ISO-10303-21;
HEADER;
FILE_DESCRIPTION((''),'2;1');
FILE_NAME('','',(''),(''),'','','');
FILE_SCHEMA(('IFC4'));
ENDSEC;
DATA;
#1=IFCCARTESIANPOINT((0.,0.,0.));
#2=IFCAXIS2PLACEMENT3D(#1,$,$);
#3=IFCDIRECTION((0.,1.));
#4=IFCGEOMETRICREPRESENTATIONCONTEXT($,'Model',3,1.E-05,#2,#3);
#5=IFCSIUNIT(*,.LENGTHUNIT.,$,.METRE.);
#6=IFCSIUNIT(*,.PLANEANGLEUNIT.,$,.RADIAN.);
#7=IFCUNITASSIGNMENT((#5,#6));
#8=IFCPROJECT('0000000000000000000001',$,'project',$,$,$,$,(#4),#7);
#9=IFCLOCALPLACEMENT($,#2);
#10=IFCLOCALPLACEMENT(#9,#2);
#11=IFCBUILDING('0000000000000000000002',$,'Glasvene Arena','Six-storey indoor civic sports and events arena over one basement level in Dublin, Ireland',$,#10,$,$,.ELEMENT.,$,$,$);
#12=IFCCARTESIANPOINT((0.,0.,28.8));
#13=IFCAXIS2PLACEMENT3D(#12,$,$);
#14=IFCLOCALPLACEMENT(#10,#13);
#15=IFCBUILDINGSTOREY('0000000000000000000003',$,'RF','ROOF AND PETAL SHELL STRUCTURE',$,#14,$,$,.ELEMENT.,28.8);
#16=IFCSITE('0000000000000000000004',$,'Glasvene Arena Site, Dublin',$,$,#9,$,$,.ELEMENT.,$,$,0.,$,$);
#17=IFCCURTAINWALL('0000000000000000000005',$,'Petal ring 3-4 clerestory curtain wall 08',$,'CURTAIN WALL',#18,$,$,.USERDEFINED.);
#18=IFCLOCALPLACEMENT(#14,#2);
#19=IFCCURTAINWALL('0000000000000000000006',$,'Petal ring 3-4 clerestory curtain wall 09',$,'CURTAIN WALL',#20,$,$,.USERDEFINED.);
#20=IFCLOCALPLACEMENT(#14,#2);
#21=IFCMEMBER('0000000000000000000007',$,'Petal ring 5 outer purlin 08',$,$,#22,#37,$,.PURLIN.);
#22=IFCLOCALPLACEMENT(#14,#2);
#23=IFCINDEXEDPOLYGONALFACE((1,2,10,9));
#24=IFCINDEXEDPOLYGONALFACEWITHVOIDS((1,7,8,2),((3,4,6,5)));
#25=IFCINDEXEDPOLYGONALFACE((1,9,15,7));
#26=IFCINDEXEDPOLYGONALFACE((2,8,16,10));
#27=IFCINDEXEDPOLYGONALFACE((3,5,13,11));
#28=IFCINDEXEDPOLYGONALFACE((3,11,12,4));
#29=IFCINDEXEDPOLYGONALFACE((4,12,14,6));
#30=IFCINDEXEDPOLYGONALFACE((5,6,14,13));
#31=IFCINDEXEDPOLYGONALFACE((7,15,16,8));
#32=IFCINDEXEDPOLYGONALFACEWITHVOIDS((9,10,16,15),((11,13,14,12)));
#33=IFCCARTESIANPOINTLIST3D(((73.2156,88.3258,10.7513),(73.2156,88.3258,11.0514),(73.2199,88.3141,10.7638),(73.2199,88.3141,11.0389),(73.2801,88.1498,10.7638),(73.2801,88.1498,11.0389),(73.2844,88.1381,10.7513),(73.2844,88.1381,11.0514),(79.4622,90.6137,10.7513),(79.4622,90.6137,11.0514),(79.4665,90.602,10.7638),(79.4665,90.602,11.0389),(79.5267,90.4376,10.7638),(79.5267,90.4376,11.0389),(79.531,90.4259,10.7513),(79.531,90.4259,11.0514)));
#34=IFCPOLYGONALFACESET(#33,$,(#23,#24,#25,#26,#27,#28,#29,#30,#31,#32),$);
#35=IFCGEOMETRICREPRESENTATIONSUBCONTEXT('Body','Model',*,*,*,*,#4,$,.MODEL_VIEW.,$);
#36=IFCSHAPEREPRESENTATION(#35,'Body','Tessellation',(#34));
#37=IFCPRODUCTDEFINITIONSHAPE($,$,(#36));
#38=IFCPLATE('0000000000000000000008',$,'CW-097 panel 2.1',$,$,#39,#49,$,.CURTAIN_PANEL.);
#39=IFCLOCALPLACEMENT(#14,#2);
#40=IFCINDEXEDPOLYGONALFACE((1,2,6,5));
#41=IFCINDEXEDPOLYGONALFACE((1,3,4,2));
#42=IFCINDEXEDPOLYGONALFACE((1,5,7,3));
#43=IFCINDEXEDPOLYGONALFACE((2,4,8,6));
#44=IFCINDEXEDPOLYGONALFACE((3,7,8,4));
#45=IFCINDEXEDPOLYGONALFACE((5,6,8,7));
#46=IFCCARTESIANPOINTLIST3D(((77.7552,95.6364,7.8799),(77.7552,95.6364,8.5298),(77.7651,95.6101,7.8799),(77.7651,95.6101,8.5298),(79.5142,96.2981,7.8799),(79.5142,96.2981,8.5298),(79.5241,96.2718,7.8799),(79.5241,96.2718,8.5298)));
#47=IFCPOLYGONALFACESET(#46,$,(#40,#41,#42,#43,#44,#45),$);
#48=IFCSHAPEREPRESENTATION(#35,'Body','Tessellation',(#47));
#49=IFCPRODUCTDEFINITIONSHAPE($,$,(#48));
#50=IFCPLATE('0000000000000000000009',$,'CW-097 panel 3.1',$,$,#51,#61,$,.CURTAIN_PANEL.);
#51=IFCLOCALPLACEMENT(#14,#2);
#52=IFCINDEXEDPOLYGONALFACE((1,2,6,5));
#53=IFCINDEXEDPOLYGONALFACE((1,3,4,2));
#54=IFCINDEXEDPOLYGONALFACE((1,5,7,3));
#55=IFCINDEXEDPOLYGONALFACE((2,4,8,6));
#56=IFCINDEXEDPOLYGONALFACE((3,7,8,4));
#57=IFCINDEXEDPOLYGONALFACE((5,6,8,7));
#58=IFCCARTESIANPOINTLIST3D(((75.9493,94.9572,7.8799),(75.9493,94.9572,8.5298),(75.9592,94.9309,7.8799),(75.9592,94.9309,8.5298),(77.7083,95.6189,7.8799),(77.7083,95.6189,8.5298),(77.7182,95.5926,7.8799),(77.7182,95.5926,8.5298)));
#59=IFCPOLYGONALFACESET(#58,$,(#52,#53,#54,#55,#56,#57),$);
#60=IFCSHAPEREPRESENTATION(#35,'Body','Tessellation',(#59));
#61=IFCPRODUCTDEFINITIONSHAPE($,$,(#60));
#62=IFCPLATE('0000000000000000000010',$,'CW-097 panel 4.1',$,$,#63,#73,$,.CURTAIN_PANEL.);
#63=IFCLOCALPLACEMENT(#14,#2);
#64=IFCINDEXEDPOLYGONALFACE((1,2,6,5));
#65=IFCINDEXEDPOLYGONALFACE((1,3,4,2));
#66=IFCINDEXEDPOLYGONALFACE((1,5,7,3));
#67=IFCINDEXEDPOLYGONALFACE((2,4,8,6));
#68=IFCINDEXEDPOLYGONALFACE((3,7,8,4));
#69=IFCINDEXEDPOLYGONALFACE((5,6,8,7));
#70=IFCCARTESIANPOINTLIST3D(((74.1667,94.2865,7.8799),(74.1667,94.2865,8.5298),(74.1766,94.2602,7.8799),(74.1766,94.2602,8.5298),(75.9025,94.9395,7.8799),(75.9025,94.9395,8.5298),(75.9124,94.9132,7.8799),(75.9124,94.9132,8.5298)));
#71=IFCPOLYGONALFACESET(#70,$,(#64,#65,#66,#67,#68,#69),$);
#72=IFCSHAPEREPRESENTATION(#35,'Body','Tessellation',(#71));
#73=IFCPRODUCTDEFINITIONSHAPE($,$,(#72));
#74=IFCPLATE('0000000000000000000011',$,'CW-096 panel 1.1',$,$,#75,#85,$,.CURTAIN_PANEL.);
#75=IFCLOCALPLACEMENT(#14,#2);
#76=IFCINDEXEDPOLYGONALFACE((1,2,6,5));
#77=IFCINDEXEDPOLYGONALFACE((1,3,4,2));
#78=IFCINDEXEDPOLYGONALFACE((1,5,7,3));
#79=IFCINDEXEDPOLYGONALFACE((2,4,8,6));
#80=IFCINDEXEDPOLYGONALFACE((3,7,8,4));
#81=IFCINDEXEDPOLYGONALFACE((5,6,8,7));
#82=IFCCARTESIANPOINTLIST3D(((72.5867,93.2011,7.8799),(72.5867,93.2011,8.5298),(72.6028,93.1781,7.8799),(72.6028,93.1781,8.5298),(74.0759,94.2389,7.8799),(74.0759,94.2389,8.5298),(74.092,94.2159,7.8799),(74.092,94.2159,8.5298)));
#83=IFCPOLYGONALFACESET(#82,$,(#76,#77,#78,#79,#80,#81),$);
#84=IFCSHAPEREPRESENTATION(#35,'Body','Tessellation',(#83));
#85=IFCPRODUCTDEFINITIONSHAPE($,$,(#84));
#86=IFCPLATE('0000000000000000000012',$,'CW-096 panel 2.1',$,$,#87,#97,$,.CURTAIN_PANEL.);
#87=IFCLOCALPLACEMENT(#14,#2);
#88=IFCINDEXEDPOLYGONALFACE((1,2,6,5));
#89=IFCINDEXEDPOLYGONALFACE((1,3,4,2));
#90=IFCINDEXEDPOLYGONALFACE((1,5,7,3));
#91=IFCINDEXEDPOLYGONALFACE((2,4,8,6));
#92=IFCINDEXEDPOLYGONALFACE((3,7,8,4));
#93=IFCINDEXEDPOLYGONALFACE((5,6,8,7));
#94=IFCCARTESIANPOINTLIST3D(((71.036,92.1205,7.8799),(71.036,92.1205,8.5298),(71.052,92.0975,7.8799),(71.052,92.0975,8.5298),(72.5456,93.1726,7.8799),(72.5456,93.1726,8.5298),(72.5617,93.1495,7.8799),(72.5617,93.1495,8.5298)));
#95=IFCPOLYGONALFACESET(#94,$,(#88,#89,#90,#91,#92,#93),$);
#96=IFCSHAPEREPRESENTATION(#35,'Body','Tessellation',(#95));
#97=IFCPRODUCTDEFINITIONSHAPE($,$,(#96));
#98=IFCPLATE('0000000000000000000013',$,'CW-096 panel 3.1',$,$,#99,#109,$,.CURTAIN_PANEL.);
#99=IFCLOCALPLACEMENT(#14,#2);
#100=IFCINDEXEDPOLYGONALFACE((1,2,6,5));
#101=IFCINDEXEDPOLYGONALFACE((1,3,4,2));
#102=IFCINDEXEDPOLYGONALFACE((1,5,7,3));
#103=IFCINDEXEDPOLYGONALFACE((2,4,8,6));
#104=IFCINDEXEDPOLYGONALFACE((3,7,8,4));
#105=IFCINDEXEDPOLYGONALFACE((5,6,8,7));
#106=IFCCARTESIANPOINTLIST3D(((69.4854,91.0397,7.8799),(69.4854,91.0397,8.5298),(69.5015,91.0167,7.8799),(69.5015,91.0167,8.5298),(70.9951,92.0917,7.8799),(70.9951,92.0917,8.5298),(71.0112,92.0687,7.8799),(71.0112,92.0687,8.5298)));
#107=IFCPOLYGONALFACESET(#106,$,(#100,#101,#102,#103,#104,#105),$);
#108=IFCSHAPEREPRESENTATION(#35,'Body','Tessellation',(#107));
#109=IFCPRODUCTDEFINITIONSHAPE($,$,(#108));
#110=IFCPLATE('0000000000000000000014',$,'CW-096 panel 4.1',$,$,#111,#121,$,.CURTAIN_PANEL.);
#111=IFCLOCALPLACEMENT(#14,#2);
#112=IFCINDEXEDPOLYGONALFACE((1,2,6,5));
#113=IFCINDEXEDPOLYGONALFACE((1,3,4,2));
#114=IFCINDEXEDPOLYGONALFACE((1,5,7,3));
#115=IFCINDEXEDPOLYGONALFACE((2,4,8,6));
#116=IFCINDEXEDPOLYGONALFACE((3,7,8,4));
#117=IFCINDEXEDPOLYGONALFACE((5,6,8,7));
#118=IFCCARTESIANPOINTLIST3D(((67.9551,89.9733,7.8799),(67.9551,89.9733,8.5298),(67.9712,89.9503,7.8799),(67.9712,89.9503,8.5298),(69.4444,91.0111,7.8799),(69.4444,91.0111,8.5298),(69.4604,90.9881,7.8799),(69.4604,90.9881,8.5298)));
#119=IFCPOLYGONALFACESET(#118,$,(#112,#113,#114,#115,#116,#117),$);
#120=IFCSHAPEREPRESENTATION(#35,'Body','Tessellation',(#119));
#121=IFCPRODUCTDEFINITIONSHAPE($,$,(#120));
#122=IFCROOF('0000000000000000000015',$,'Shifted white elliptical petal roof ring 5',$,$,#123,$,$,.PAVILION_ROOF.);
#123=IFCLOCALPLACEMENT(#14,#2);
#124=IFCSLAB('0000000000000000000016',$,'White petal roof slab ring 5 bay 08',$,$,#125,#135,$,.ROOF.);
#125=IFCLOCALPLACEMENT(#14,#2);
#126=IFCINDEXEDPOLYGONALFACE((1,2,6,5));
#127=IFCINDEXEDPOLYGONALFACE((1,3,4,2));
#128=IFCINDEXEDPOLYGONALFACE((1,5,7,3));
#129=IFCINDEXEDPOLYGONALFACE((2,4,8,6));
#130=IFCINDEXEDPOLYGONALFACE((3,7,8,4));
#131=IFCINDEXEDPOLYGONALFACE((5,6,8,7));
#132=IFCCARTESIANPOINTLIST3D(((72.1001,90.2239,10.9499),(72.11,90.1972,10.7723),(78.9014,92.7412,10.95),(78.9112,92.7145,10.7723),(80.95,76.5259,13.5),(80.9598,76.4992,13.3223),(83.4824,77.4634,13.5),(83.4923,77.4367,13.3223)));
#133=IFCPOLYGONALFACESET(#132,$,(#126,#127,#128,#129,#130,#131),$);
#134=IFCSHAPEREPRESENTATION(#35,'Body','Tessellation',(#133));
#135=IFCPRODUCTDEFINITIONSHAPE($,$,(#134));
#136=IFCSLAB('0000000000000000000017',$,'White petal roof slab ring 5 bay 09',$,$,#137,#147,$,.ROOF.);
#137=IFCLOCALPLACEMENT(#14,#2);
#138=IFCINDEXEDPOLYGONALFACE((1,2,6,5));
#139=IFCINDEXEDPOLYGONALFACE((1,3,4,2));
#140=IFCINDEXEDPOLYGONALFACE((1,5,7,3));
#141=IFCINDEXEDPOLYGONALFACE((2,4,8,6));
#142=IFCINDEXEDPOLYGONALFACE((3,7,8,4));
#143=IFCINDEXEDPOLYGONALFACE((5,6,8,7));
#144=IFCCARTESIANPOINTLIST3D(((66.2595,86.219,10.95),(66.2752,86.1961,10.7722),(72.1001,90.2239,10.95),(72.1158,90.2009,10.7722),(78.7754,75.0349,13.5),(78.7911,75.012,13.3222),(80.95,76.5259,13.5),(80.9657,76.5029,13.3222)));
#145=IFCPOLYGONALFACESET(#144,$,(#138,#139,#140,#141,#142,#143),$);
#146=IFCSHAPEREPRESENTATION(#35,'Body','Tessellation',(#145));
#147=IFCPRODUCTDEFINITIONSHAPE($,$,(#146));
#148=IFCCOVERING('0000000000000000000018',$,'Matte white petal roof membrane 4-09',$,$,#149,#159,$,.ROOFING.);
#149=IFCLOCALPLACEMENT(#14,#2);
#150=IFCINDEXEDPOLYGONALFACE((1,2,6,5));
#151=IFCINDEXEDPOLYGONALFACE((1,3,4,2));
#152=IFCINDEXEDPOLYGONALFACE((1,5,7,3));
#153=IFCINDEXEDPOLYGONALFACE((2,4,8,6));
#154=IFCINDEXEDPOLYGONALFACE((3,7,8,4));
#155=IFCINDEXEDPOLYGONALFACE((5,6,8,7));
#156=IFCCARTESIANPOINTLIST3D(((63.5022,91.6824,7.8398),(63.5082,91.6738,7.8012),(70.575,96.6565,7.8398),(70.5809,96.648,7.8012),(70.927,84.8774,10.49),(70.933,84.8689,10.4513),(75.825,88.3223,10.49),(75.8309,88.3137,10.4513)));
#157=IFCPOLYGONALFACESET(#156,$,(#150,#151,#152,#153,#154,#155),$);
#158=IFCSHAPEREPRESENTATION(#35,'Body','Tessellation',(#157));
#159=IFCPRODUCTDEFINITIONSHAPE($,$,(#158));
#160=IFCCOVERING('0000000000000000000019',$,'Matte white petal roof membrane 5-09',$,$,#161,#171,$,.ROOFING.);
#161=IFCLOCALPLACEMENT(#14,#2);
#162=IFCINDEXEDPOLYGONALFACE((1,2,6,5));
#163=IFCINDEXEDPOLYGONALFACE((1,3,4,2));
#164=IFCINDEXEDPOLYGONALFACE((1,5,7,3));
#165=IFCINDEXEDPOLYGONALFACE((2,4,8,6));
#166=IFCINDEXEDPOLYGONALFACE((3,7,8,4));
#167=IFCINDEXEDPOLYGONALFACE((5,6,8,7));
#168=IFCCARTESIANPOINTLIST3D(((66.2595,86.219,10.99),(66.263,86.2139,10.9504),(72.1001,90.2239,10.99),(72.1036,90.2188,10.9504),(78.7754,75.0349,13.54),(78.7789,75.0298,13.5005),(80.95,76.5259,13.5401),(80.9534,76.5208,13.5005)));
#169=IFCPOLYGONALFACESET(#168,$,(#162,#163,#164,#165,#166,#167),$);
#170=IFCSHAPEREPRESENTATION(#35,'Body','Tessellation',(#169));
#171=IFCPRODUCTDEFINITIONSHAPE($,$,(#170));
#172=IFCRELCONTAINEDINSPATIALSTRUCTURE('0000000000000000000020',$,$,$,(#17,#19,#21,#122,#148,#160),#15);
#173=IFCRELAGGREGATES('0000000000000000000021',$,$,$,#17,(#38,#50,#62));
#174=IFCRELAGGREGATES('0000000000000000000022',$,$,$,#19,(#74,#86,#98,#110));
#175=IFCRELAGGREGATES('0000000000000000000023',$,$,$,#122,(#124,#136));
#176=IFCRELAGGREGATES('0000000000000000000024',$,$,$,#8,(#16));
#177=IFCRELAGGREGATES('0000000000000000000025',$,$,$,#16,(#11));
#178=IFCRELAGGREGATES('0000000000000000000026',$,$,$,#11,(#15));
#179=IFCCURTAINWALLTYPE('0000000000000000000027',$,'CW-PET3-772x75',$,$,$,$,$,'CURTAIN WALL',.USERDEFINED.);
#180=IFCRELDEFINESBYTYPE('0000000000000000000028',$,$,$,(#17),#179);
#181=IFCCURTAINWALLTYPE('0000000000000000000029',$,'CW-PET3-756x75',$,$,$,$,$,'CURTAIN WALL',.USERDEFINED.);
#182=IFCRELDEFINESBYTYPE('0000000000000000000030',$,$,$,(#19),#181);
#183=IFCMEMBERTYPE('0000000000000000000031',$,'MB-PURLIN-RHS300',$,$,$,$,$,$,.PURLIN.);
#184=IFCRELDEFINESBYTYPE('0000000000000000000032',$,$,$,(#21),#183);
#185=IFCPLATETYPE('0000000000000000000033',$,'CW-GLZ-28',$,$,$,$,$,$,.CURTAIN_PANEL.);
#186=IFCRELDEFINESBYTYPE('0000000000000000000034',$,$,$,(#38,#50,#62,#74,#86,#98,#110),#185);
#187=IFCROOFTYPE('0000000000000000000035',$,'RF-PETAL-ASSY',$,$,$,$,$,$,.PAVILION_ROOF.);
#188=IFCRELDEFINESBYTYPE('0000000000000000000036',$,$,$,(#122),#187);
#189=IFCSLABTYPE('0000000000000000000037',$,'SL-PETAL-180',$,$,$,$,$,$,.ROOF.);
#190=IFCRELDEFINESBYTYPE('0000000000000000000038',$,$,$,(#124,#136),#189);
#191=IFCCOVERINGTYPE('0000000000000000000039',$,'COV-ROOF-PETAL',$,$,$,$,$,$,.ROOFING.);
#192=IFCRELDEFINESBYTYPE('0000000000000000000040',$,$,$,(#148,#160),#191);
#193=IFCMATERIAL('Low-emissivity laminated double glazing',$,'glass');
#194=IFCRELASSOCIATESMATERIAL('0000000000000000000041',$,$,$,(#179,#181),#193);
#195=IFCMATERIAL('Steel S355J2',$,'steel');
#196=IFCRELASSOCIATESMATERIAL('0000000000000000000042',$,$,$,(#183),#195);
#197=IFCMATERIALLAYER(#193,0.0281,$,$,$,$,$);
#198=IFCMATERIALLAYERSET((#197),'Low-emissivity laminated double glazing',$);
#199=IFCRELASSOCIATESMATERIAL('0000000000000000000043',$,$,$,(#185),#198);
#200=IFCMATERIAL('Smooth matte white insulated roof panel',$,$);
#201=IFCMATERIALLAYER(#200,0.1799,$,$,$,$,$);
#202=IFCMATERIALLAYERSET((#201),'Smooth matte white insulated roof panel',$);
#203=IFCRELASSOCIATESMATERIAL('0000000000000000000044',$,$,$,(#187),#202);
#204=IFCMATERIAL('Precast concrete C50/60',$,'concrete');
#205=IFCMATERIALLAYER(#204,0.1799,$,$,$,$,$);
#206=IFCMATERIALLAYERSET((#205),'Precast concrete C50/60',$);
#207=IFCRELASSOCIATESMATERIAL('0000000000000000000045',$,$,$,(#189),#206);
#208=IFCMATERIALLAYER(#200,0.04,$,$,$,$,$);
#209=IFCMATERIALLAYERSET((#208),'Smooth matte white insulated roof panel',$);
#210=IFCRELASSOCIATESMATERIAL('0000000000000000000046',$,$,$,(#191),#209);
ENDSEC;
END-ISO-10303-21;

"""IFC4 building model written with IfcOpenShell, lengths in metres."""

from ifc_helpers import new_model, si_unit, direction, frame, origin, origin_2d, place, context, subcontext, project, spatial, polyline, rectangle, hollow_rectangle, outline, extrude, material, layer, layer_set, material_profile, profile_set, type_object, element, aggregate, save


model = new_model("IFC4")

# Units and contexts
model_context = context("Model", 3, precision=1e-05, world=origin(), true_north=direction((0.0, 1.0)))
body_context = subcontext(model_context, "Body", "Model", "MODEL_VIEW")
ifc_project = project(units=[si_unit("LENGTHUNIT", "METRE"), si_unit("PLANEANGLEUNIT", "RADIAN")], contexts=[model_context])

# Site, building, storey
site_placement = place(None, origin())
site = spatial("IfcSite", under=ifc_project, at=site_placement, Name="Glasvene Arena Site, Dublin", CompositionType="ELEMENT", RefElevation=0.0)
building_placement = place(site_placement, origin())
building = spatial("IfcBuilding", under=site, at=building_placement, Name="Glasvene Arena", Description="Six-storey indoor civic sports and events arena over one basement level in Dublin, Ireland", CompositionType="ELEMENT")
storey_placement = place(building_placement, frame((0.0, 0.0, 28.8)))
storey = spatial("IfcBuildingStorey", under=building, at=storey_placement, Name="RF", Description="ROOF AND PETAL SHELL STRUCTURE", CompositionType="ELEMENT", Elevation=28.8)

# Curtain walls
ifc_material_1 = material(Name="Low-emissivity laminated double glazing", Category="glass")
curtain_wall_type_1 = type_object("IfcCurtainWallType", Name="CW-PET3-772x75", ElementType="CURTAIN WALL", PredefinedType="USERDEFINED", material=ifc_material_1)
curtain_wall_1_placement = place(storey_placement, frame((81.3484, 96.9731, 0.0)))
curtain_wall_1 = element("IfcCurtainWall", 1, at=curtain_wall_1_placement, inside=storey, type_object=curtain_wall_type_1, Name="Petal ring 3-4 clerestory curtain wall 08", ObjectType="CURTAIN WALL", PredefinedType="USERDEFINED")
curtain_wall_type_2 = type_object("IfcCurtainWallType", Name="CW-PET3-756x75", ElementType="CURTAIN WALL", PredefinedType="USERDEFINED", material=ifc_material_1)
curtain_wall_2_placement = place(storey_placement, frame((74.125, 94.2559, 0.0)))
curtain_wall_2 = element("IfcCurtainWall", 2, at=curtain_wall_2_placement, inside=storey, type_object=curtain_wall_type_2, Name="Petal ring 3-4 clerestory curtain wall 09", ObjectType="CURTAIN WALL", PredefinedType="USERDEFINED")

# Member
ifc_material_2 = material(Name="Steel S355J2", Category="steel")
ifc_material_profile_1 = material_profile(ifc_material_2, hollow_rectangle(XDim=0.2, YDim=0.3, WallThickness=0.0125, at=origin_2d()), Name="RHS 300x200x12.5")
ifc_profile_set_1 = profile_set([ifc_material_profile_1], Name="Steel S355J2")
member_type_1 = type_object("IfcMemberType", Name="MB-PURLIN-RHS300", PredefinedType="PURLIN", material=ifc_profile_set_1)
member_1_placement = place(storey_placement, frame((79.4966, 90.5198, 10.9014), z_axis=(-0.939001, -0.343914, 0.0), x_axis=(0.343914, -0.939001, 0.0)))
element("IfcMember", 3, at=member_1_placement, inside=storey, type_object=member_type_1, Name="Petal ring 5 outer purlin 08", PredefinedType="PURLIN", context=body_context, shape_type="SweptSolid", body=[
    extrude(hollow_rectangle(XDim=0.2, YDim=0.3, WallThickness=0.0125, at=origin_2d()), origin(), (0.0, 0.0, 1.0), 6.6523),
])

# Plates
ifc_layer_1 = layer(ifc_material_1, 0.0281)
ifc_layer_set_1 = layer_set([ifc_layer_1], Name="Low-emissivity laminated double glazing")
plate_type = type_object("IfcPlateType", Name="CW-GLZ-28", PredefinedType="CURTAIN_PANEL", material=ifc_layer_set_1)
plate_1_placement = place(storey_placement, frame((78.6396, 95.9541, 7.8799), z_axis=(0.0, 0.0, 1.0), x_axis=(-0.935966, -0.352092, 0.0)))
plate_1 = element("IfcPlate", 4, at=plate_1_placement, type_object=plate_type, Name="CW-097 panel 2.1", PredefinedType="CURTAIN_PANEL", context=body_context, shape_type="SweptSolid", body=[
    extrude(rectangle(XDim=1.8794, YDim=0.0281, at=origin_2d()), origin(), (0.0, 0.0, 1.0), 0.6499),
])
plate_2_placement = place(storey_placement, frame((76.8337, 95.2749, 7.8799), z_axis=(0.0, 0.0, 1.0), x_axis=(-0.935966, -0.352092, 0.0)))
plate_2 = element("IfcPlate", 5, at=plate_2_placement, type_object=plate_type, Name="CW-097 panel 3.1", PredefinedType="CURTAIN_PANEL", context=body_context, shape_type="SweptSolid", body=[
    extrude(rectangle(XDim=1.8794, YDim=0.0281, at=origin_2d()), origin(), (0.0, 0.0, 1.0), 0.6499),
])
plate_3_placement = place(storey_placement, frame((75.0396, 94.5999, 7.8799), z_axis=(0.0, 0.0, 1.0), x_axis=(-0.935966, -0.352092, 0.0)))
plate_3 = element("IfcPlate", 6, at=plate_3_placement, type_object=plate_type, Name="CW-097 panel 4.1", PredefinedType="CURTAIN_PANEL", context=body_context, shape_type="SweptSolid", body=[
    extrude(rectangle(XDim=1.8545, YDim=0.0281, at=origin_2d()), origin(), (0.0, 0.0, 1.0), 0.6499),
])
aggregate(curtain_wall_1, [plate_1, plate_2, plate_3])
plate_4_placement = place(storey_placement, frame((73.3394, 93.7085, 7.8799), z_axis=(0.0, 0.0, 1.0), x_axis=(-0.820433, -0.571742, 0.0)))
plate_4 = element("IfcPlate", 7, at=plate_4_placement, type_object=plate_type, Name="CW-096 panel 1.1", PredefinedType="CURTAIN_PANEL", context=body_context, shape_type="SweptSolid", body=[
    extrude(rectangle(XDim=1.8152, YDim=0.0281, at=origin_2d()), origin(), (0.0, 0.0, 1.0), 0.6499),
])
plate_5_placement = place(storey_placement, frame((71.7988, 92.635, 7.8799), z_axis=(0.0, 0.0, 1.0), x_axis=(-0.820433, -0.571742, 0.0)))
plate_5 = element("IfcPlate", 8, at=plate_5_placement, type_object=plate_type, Name="CW-096 panel 2.1", PredefinedType="CURTAIN_PANEL", context=body_context, shape_type="SweptSolid", body=[
    extrude(rectangle(XDim=1.8401, YDim=0.0281, at=origin_2d()), origin(), (0.0, 0.0, 1.0), 0.6499),
])
plate_6_placement = place(storey_placement, frame((70.2483, 91.5542, 7.8799), z_axis=(0.0, 0.0, 1.0), x_axis=(-0.820433, -0.571742, 0.0)))
plate_6 = element("IfcPlate", 9, at=plate_6_placement, type_object=plate_type, Name="CW-096 panel 3.1", PredefinedType="CURTAIN_PANEL", context=body_context, shape_type="SweptSolid", body=[
    extrude(rectangle(XDim=1.8401, YDim=0.0281, at=origin_2d()), origin(), (0.0, 0.0, 1.0), 0.6499),
])
plate_7_placement = place(storey_placement, frame((68.7078, 90.4807, 7.8799), z_axis=(0.0, 0.0, 1.0), x_axis=(-0.820433, -0.571742, 0.0)))
plate_7 = element("IfcPlate", 10, at=plate_7_placement, type_object=plate_type, Name="CW-096 panel 4.1", PredefinedType="CURTAIN_PANEL", context=body_context, shape_type="SweptSolid", body=[
    extrude(rectangle(XDim=1.8152, YDim=0.0281, at=origin_2d()), origin(), (0.0, 0.0, 1.0), 0.6499),
])
aggregate(curtain_wall_2, [plate_4, plate_5, plate_6, plate_7])

# Roof, slabs
ifc_material_3 = material(Name="Smooth matte white insulated roof panel")
ifc_layer_2 = layer(ifc_material_3, 0.1799)
ifc_layer_set_2 = layer_set([ifc_layer_2], Name="Smooth matte white insulated roof panel")
roof_type = type_object("IfcRoofType", Name="RF-PETAL-ASSY", PredefinedType="PAVILION_ROOF", material=ifc_layer_set_2)
roof_placement = place(storey_placement, frame((86.2, 68.3999, 10.95)))
roof = element("IfcRoof", 11, at=roof_placement, inside=storey, type_object=roof_type, Name="Shifted white elliptical petal roof ring 5", PredefinedType="PAVILION_ROOF")
ifc_material_4 = material(Name="Precast concrete C50/60", Category="concrete")
ifc_layer_3 = layer(ifc_material_4, 0.1799)
ifc_layer_set_3 = layer_set([ifc_layer_3], Name="Precast concrete C50/60")
slab_type = type_object("IfcSlabType", Name="SL-PETAL-180", PredefinedType="ROOF", material=ifc_layer_set_3)
slab_1_placement = place(storey_placement, frame((78.9014, 92.7412, 10.95), z_axis=(-0.054909, 0.148345, 0.98741), x_axis=(-0.937823, -0.347114, -0.000002)))
slab_1 = element("IfcSlab", 12, at=slab_1_placement, type_object=slab_type, Name="White petal roof slab ring 5 bay 08", PredefinedType="ROOF", context=body_context, shape_type="SweptSolid", body=[
    extrude(outline(polyline([(0.0, 0.0), (7.2522, 0.0), (3.7074, 16.1212), (1.0069, 16.121), (0.0, 0.0)])), origin(), (0.0, 0.0, -1.0), 0.1799),
])
slab_2_placement = place(storey_placement, frame((72.1001, 90.2239, 10.95), z_axis=(-0.087398, 0.127461, 0.987985), x_axis=(-0.824735, -0.56552, 0.000002)))
slab_2 = element("IfcSlab", 13, at=slab_2_placement, type_object=slab_type, Name="White petal roof slab ring 5 bay 09", PredefinedType="ROOF", context=body_context, shape_type="SweptSolid", body=[
    extrude(outline(polyline([(0.0, 0.0), (7.0818, 0.0), (3.0843, 16.5001), (0.4477, 16.5002), (0.0, 0.0)])), origin(), (0.0, 0.0, -1.0), 0.1799),
])
aggregate(roof, [slab_1, slab_2])

# Coverings
ifc_layer_4 = layer(ifc_material_3, 0.04)
ifc_layer_set_4 = layer_set([ifc_layer_4], Name="Smooth matte white insulated roof panel")
covering_type = type_object("IfcCoveringType", Name="COV-ROOF-PETAL", PredefinedType="ROOFING", material=ifc_layer_set_4)
covering_1_placement = place(storey_placement, frame((70.575, 96.6565, 7.8398), z_axis=(-0.149641, 0.212771, 0.965576), x_axis=(-0.817969, -0.575262, -0.000003)))
element("IfcCovering", 14, at=covering_1_placement, inside=storey, type_object=covering_type, Name="Matte white petal roof membrane 4-09", PredefinedType="ROOFING", context=body_context, shape_type="SweptSolid", body=[
    extrude(outline(polyline([(0.0, 0.0), (8.6467, 0.0), (6.4881, 10.1881), (0.5, 10.188), (0.0, 0.0)])), origin(), (0.0, 0.0, -1.0), 0.04),
])
covering_2_placement = place(storey_placement, frame((72.1001, 90.2239, 10.99), z_axis=(-0.087398, 0.127461, 0.987985), x_axis=(-0.824735, -0.56552, 0.000002)))
element("IfcCovering", 15, at=covering_2_placement, inside=storey, type_object=covering_type, Name="Matte white petal roof membrane 5-09", PredefinedType="ROOFING", context=body_context, shape_type="SweptSolid", body=[
    extrude(outline(polyline([(0.0, 0.0), (7.0818, 0.0), (3.0843, 16.5001), (0.4477, 16.5002), (0.0, 0.0)])), origin(), (0.0, 0.0, -1.0), 0.04),
])

save(model, "model.ifc")
